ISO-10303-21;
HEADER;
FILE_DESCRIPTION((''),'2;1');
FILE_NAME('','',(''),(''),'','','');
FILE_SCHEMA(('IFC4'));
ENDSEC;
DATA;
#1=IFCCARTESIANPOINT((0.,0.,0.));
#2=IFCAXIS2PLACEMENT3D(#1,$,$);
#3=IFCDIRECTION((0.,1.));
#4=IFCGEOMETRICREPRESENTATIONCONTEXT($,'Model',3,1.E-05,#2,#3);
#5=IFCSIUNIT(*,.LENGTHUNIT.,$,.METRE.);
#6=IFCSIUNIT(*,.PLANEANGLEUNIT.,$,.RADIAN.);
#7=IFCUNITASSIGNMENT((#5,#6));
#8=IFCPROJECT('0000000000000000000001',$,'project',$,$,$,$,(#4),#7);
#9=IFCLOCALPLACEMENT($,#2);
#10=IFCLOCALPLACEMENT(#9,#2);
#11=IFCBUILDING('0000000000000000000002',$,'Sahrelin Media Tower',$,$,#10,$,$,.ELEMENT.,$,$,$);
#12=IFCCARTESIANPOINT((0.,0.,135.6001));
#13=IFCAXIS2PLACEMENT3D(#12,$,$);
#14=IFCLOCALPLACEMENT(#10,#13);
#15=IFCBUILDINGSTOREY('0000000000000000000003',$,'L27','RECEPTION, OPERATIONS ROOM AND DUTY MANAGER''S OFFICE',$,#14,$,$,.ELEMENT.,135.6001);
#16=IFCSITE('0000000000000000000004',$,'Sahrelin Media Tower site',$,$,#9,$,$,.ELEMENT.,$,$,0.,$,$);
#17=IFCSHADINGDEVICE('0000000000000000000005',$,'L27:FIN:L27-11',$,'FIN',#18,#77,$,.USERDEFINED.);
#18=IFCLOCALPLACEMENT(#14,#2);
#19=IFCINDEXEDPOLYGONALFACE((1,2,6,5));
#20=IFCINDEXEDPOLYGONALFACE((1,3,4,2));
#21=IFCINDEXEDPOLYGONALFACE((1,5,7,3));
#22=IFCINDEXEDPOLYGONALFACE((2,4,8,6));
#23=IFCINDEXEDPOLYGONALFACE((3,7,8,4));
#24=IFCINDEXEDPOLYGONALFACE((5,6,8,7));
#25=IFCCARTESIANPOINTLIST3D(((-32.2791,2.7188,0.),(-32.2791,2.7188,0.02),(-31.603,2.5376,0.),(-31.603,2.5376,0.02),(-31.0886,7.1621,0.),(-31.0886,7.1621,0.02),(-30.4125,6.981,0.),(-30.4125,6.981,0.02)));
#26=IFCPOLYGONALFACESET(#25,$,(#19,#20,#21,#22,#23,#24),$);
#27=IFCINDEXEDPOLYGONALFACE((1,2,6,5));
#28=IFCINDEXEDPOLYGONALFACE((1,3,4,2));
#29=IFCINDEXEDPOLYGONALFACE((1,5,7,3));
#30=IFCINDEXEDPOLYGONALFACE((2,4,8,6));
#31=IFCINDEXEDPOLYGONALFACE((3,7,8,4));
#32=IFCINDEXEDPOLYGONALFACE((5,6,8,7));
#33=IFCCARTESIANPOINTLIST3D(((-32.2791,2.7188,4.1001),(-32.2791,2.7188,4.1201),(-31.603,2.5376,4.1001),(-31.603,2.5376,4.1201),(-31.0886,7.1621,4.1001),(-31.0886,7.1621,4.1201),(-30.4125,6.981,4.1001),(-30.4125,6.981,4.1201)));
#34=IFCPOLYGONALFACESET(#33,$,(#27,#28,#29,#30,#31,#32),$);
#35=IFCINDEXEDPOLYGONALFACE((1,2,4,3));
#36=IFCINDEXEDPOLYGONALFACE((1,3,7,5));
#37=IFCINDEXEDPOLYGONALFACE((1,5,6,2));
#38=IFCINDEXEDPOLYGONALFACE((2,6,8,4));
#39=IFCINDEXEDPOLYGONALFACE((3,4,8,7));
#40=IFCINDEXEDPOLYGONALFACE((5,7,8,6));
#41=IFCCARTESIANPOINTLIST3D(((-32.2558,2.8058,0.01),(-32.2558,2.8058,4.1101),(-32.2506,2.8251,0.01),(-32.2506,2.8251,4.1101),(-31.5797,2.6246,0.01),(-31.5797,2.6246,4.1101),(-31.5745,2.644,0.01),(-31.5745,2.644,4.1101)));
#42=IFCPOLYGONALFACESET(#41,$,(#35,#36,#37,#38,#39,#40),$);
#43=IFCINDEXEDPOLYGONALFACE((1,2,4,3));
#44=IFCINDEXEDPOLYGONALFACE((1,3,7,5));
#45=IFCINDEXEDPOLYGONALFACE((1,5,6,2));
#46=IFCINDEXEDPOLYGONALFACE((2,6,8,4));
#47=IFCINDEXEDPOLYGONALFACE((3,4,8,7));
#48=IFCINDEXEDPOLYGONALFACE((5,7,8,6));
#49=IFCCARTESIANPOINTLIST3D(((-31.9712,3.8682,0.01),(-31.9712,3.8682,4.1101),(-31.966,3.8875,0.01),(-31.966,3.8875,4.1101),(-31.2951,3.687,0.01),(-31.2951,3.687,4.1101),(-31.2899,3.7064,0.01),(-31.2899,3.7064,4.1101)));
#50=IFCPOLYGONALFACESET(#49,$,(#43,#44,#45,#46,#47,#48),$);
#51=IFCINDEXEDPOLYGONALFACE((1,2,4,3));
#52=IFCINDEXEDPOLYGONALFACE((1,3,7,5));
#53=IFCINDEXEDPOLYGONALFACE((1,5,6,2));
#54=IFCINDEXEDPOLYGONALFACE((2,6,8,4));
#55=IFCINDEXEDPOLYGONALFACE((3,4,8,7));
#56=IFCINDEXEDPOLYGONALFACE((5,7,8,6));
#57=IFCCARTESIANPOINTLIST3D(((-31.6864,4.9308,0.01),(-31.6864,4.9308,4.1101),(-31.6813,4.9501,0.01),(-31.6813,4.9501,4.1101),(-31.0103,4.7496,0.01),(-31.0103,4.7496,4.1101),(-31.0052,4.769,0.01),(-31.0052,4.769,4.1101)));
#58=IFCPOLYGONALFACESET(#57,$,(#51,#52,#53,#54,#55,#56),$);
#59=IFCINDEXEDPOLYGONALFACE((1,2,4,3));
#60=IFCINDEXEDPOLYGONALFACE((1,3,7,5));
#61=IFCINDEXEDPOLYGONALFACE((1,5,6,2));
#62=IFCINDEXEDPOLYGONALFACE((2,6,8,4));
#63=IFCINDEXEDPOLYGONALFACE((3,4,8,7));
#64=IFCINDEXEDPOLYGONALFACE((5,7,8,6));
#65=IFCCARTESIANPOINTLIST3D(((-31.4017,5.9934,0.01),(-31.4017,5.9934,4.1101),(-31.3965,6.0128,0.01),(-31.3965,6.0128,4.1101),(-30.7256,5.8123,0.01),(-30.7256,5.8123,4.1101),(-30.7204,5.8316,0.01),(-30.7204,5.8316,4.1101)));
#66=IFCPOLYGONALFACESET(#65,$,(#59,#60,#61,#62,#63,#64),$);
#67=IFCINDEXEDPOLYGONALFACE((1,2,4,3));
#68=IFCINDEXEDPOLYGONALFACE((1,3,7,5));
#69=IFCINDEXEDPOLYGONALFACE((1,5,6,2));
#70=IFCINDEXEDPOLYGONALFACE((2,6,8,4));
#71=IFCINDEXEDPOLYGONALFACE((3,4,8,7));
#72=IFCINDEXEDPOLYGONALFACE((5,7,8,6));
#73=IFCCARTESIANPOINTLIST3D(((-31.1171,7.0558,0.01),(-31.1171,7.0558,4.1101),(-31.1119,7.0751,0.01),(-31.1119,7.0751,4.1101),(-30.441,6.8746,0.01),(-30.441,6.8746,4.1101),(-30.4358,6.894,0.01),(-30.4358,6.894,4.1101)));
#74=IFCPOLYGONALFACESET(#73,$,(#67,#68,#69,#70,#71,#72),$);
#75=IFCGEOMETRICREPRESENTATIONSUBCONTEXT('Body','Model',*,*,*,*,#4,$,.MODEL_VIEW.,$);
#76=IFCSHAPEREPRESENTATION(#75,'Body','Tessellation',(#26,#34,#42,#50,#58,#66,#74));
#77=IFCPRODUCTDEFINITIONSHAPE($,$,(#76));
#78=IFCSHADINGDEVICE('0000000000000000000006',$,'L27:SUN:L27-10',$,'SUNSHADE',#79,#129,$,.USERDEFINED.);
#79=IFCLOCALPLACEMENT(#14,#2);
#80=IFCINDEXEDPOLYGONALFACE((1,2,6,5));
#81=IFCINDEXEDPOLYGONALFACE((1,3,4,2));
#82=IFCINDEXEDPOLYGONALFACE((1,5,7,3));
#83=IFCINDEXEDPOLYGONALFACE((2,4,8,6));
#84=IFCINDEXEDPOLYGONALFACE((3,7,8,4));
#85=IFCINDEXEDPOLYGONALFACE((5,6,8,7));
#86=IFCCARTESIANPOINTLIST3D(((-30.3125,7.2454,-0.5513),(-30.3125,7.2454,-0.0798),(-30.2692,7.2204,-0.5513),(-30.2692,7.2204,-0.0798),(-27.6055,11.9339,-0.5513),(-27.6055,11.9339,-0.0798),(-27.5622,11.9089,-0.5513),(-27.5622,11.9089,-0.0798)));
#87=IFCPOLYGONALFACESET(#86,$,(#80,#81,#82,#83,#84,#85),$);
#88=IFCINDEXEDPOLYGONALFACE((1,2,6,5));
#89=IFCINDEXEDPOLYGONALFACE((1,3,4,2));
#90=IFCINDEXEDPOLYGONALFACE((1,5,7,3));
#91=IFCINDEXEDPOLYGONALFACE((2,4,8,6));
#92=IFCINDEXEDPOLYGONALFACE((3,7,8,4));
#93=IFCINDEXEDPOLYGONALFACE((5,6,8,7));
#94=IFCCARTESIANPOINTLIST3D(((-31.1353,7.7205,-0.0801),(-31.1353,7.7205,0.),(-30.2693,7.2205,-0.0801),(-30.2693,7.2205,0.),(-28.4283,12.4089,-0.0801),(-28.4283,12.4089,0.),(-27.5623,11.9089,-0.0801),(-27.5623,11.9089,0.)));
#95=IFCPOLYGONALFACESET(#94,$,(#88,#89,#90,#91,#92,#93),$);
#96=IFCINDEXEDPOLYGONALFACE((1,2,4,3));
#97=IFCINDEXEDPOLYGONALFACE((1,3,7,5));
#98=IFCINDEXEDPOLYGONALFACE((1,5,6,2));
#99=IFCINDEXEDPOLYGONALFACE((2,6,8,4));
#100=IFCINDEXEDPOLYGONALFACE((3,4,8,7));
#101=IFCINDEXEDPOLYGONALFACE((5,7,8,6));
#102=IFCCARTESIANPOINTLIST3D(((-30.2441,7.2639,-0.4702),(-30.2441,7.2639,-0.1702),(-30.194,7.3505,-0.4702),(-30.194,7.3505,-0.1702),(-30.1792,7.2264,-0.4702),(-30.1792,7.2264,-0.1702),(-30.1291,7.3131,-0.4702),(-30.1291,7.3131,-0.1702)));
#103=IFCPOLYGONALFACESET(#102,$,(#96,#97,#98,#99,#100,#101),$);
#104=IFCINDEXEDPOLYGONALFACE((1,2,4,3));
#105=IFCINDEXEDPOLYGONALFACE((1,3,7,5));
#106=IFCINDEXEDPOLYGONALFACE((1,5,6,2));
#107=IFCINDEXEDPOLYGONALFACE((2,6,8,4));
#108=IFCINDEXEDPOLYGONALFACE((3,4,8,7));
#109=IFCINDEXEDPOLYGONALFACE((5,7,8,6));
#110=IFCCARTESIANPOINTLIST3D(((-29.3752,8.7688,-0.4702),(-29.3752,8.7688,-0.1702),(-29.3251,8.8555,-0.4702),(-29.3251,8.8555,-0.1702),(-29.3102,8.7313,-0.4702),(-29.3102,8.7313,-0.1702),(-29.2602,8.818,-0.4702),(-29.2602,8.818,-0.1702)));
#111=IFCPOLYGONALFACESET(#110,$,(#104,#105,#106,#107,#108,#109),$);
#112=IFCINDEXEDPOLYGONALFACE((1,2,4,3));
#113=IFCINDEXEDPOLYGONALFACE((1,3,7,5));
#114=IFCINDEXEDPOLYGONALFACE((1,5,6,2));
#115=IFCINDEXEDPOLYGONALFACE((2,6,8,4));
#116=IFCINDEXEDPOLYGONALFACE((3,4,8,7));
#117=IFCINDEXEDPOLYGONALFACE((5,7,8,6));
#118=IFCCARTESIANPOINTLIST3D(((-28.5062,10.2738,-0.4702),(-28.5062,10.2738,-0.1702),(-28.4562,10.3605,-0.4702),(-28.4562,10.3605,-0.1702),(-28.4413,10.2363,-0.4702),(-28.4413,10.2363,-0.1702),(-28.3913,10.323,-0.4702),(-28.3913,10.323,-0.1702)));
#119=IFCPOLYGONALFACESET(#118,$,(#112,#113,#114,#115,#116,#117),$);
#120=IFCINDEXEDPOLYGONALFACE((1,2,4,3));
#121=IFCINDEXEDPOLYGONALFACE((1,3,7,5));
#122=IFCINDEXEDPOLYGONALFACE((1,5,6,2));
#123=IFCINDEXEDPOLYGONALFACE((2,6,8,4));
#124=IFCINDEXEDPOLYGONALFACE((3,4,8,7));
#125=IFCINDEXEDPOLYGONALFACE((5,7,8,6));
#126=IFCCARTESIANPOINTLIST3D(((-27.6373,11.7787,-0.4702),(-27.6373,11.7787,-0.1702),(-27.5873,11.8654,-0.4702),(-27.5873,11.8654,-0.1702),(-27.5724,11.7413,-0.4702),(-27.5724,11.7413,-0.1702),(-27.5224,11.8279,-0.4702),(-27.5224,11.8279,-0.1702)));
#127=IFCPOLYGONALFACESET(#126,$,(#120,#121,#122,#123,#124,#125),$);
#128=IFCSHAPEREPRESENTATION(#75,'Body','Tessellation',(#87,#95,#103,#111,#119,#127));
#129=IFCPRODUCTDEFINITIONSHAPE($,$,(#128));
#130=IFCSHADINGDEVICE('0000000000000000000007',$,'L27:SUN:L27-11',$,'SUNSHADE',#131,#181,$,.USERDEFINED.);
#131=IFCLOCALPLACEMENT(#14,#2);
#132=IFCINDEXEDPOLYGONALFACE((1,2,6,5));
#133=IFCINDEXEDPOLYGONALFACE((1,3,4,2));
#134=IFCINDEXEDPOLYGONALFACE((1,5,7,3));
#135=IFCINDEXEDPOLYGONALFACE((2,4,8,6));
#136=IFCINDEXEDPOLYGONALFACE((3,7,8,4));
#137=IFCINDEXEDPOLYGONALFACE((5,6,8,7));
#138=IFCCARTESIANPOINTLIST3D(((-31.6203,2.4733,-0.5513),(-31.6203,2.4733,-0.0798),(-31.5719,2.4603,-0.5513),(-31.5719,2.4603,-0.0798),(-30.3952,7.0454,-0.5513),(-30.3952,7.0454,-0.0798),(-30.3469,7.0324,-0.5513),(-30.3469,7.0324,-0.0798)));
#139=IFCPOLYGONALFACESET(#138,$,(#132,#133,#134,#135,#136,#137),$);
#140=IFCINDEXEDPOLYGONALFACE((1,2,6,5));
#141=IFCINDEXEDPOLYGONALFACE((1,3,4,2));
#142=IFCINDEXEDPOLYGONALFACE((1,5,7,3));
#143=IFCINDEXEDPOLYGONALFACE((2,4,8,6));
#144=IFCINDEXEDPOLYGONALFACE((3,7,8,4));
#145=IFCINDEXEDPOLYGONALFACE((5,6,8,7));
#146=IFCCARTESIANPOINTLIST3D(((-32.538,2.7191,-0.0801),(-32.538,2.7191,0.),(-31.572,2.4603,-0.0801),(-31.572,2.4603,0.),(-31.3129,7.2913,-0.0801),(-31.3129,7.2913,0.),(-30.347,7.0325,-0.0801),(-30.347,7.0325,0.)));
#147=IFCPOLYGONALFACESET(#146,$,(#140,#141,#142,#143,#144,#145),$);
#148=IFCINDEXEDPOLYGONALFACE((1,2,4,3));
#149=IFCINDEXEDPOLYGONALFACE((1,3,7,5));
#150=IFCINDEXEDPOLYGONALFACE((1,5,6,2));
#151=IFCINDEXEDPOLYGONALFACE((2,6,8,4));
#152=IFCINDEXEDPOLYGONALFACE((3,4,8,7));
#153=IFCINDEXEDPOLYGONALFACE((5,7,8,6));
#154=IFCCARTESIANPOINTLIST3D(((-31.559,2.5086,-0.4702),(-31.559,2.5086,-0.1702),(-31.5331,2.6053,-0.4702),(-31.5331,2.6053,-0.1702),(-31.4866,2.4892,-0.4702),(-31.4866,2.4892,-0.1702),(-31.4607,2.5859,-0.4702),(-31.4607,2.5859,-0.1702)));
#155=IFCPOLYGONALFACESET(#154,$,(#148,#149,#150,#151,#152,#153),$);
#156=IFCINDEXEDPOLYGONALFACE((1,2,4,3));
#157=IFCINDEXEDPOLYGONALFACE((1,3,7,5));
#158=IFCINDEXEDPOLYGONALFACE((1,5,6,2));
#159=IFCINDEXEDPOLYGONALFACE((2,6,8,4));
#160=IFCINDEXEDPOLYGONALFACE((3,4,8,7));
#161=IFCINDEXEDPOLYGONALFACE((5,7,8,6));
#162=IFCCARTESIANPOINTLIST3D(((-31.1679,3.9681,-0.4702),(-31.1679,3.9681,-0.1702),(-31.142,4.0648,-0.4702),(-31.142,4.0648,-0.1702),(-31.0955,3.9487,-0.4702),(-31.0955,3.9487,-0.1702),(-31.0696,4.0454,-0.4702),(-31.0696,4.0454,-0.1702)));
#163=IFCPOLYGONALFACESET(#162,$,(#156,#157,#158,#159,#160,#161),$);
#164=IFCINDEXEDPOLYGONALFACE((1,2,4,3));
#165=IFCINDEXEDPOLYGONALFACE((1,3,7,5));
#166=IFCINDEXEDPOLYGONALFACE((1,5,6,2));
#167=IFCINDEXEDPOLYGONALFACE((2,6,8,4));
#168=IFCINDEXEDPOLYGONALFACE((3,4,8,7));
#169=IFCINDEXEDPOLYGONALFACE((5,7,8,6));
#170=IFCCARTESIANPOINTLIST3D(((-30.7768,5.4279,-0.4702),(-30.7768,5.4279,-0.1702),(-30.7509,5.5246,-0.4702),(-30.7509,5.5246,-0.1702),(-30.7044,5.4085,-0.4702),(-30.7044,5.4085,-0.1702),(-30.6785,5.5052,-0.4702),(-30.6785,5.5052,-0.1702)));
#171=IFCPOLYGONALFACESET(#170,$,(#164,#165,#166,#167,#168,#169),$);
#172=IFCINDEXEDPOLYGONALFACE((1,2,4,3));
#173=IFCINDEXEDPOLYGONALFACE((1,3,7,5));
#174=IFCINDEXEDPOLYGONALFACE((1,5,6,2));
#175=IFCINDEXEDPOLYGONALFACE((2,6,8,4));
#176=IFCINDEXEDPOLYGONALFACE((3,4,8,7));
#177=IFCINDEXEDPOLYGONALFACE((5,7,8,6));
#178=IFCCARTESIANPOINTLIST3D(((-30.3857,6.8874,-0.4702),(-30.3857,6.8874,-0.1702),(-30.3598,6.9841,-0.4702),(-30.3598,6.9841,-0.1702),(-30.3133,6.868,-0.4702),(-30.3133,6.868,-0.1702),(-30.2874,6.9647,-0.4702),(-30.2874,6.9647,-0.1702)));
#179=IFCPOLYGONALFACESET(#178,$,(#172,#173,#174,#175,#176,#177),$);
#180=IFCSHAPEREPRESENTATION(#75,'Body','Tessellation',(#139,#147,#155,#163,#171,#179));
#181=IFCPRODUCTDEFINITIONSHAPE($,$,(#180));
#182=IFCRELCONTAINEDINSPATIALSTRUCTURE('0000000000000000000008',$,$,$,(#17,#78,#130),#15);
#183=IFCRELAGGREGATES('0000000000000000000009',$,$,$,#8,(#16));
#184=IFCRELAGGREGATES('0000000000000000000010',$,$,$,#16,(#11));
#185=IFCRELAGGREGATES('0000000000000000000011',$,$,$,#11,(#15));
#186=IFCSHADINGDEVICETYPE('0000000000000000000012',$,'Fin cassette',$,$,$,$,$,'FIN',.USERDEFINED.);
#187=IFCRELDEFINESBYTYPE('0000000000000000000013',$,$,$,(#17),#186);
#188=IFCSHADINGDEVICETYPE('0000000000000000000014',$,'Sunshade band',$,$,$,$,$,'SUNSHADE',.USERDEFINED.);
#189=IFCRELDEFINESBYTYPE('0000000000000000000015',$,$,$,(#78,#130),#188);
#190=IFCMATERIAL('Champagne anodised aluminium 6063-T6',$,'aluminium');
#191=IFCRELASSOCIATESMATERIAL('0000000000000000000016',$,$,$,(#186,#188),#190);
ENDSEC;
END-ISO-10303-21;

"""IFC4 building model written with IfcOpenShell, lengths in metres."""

from ifc_helpers import new_model, si_unit, direction, frame, origin, origin_2d, place, context, subcontext, project, spatial, rectangle, extrude, material, type_object, element, save


model = new_model("IFC4")

# Units and contexts
model_context = context("Model", 3, precision=1e-05, world=origin(), true_north=direction((0.0, 1.0)))
body_context = subcontext(model_context, "Body", "Model", "MODEL_VIEW")
ifc_project = project(units=[si_unit("LENGTHUNIT", "METRE"), si_unit("PLANEANGLEUNIT", "RADIAN")], contexts=[model_context])

# Site, building, storey
site_placement = place(None, origin())
site = spatial("IfcSite", under=ifc_project, at=site_placement, Name="Sahrelin Media Tower site", CompositionType="ELEMENT", RefElevation=0.0)
building_placement = place(site_placement, origin())
building = spatial("IfcBuilding", under=site, at=building_placement, Name="Sahrelin Media Tower", CompositionType="ELEMENT")
storey_placement = place(building_placement, frame((0.0, 0.0, 135.6001)))
storey = spatial("IfcBuildingStorey", under=building, at=storey_placement, Name="L27", Description="RECEPTION, OPERATIONS ROOM AND DUTY MANAGER'S OFFICE", CompositionType="ELEMENT", Elevation=135.6001)

# Shared definitions
ifc_material_1 = material(Name="Champagne anodised aluminium 6063-T6", Category="aluminium")

# Shading devices
shading_device_type_1 = type_object("IfcShadingDeviceType", Name="Fin cassette", ElementType="FIN", PredefinedType="USERDEFINED", material=ifc_material_1)
placement_1 = place(storey_placement, frame((-28.8984, 9.5547, 0.0), z_axis=(0.0, 0.0, 1.0), x_axis=(0.500011, 0.866019, 0.0)))
placement_2 = place(storey_placement, frame((-30.9402, 4.7412, 0.0), z_axis=(0.0, 0.0, 1.0), x_axis=(0.258808, 0.965929, 0.0)))
element("IfcShadingDevice", 1, at=placement_2, inside=storey, type_object=shading_device_type_1, Name="L27:FIN:L27-11", ObjectType="FIN", PredefinedType="USERDEFINED", context=body_context, shape_type="SweptSolid", body=[
    extrude(rectangle(XDim=4.6001, YDim=0.7, at=origin_2d()), frame((0.0, 0.4199, 0.0)), (0.0, 0.0, 1.0), 0.02),
    extrude(rectangle(XDim=4.6001, YDim=0.7, at=origin_2d()), frame((0.0, 0.4199, 4.1001)), (0.0, 0.0, 1.0), 0.02),
    extrude(rectangle(XDim=0.02, YDim=0.7, at=origin_2d()), frame((-2.2, 0.4199, 0.01), z_axis=(0.0, 0.0, 1.0), x_axis=(1.0, 0.0, 0.0)), (0.0, 0.0, 1.0), 4.1001),
    extrude(rectangle(XDim=0.02, YDim=0.7, at=origin_2d()), frame((-1.1001, 0.4199, 0.01), z_axis=(0.0, 0.0, 1.0), x_axis=(1.0, 0.0, 0.0)), (0.0, 0.0, 1.0), 4.1001),
    extrude(rectangle(XDim=0.02, YDim=0.7, at=origin_2d()), frame((0.0, 0.4199, 0.01), z_axis=(0.0, 0.0, 1.0), x_axis=(1.0, 0.0, 0.0)), (0.0, 0.0, 1.0), 4.1001),
    extrude(rectangle(XDim=0.02, YDim=0.7, at=origin_2d()), frame((1.1001, 0.4199, 0.01), z_axis=(0.0, 0.0, 1.0), x_axis=(1.0, 0.0, 0.0)), (0.0, 0.0, 1.0), 4.1001),
    extrude(rectangle(XDim=0.02, YDim=0.7, at=origin_2d()), frame((2.2, 0.4199, 0.01), z_axis=(0.0, 0.0, 1.0), x_axis=(1.0, 0.0, 0.0)), (0.0, 0.0, 1.0), 4.1001),
])
shading_device_type_2 = type_object("IfcShadingDeviceType", Name="Sunshade band", ElementType="SUNSHADE", PredefinedType="USERDEFINED", material=ifc_material_1)
element("IfcShadingDevice", 2, at=placement_1, inside=storey, type_object=shading_device_type_2, Name="L27:SUN:L27-10", ObjectType="SUNSHADE", PredefinedType="USERDEFINED", context=body_context, shape_type="SweptSolid", body=[
    extrude(rectangle(XDim=5.4138, YDim=0.05, at=origin_2d()), frame((0.0, 0.0449, -0.5513)), (0.0, 0.0, 1.0), 0.4714),
    extrude(rectangle(XDim=5.4138, YDim=1.0, at=origin_2d()), frame((0.0, 0.52, -0.0801)), (0.0, 0.0, 1.0), 0.0801),
    extrude(rectangle(XDim=0.1001, YDim=0.075, at=origin_2d()), frame((-2.6067, -0.0176, -0.4702)), (0.0, 0.0, 1.0), 0.3),
    extrude(rectangle(XDim=0.1001, YDim=0.075, at=origin_2d()), frame((-0.8689, -0.0176, -0.4702)), (0.0, 0.0, 1.0), 0.3),
    extrude(rectangle(XDim=0.1001, YDim=0.075, at=origin_2d()), frame((0.8689, -0.0176, -0.4702)), (0.0, 0.0, 1.0), 0.3),
    extrude(rectangle(XDim=0.1001, YDim=0.075, at=origin_2d()), frame((2.6067, -0.0176, -0.4702)), (0.0, 0.0, 1.0), 0.3),
])
element("IfcShadingDevice", 3, at=placement_2, inside=storey, type_object=shading_device_type_2, Name="L27:SUN:L27-11", ObjectType="SUNSHADE", PredefinedType="USERDEFINED", context=body_context, shape_type="SweptSolid", body=[
    extrude(rectangle(XDim=4.7334, YDim=0.05, at=origin_2d()), frame((0.0, 0.0449, -0.5513)), (0.0, 0.0, 1.0), 0.4714),
    extrude(rectangle(XDim=4.7334, YDim=1.0, at=origin_2d()), frame((0.0, 0.52, -0.0801)), (0.0, 0.0, 1.0), 0.0801),
    extrude(rectangle(XDim=0.1001, YDim=0.075, at=origin_2d()), frame((-2.2666, -0.0176, -0.4702)), (0.0, 0.0, 1.0), 0.3),
    extrude(rectangle(XDim=0.1001, YDim=0.075, at=origin_2d()), frame((-0.7556, -0.0176, -0.4702)), (0.0, 0.0, 1.0), 0.3),
    extrude(rectangle(XDim=0.1001, YDim=0.075, at=origin_2d()), frame((0.7556, -0.0176, -0.4702)), (0.0, 0.0, 1.0), 0.3),
    extrude(rectangle(XDim=0.1001, YDim=0.075, at=origin_2d()), frame((2.2666, -0.0176, -0.4702)), (0.0, 0.0, 1.0), 0.3),
])

save(model, "model.ifc")
